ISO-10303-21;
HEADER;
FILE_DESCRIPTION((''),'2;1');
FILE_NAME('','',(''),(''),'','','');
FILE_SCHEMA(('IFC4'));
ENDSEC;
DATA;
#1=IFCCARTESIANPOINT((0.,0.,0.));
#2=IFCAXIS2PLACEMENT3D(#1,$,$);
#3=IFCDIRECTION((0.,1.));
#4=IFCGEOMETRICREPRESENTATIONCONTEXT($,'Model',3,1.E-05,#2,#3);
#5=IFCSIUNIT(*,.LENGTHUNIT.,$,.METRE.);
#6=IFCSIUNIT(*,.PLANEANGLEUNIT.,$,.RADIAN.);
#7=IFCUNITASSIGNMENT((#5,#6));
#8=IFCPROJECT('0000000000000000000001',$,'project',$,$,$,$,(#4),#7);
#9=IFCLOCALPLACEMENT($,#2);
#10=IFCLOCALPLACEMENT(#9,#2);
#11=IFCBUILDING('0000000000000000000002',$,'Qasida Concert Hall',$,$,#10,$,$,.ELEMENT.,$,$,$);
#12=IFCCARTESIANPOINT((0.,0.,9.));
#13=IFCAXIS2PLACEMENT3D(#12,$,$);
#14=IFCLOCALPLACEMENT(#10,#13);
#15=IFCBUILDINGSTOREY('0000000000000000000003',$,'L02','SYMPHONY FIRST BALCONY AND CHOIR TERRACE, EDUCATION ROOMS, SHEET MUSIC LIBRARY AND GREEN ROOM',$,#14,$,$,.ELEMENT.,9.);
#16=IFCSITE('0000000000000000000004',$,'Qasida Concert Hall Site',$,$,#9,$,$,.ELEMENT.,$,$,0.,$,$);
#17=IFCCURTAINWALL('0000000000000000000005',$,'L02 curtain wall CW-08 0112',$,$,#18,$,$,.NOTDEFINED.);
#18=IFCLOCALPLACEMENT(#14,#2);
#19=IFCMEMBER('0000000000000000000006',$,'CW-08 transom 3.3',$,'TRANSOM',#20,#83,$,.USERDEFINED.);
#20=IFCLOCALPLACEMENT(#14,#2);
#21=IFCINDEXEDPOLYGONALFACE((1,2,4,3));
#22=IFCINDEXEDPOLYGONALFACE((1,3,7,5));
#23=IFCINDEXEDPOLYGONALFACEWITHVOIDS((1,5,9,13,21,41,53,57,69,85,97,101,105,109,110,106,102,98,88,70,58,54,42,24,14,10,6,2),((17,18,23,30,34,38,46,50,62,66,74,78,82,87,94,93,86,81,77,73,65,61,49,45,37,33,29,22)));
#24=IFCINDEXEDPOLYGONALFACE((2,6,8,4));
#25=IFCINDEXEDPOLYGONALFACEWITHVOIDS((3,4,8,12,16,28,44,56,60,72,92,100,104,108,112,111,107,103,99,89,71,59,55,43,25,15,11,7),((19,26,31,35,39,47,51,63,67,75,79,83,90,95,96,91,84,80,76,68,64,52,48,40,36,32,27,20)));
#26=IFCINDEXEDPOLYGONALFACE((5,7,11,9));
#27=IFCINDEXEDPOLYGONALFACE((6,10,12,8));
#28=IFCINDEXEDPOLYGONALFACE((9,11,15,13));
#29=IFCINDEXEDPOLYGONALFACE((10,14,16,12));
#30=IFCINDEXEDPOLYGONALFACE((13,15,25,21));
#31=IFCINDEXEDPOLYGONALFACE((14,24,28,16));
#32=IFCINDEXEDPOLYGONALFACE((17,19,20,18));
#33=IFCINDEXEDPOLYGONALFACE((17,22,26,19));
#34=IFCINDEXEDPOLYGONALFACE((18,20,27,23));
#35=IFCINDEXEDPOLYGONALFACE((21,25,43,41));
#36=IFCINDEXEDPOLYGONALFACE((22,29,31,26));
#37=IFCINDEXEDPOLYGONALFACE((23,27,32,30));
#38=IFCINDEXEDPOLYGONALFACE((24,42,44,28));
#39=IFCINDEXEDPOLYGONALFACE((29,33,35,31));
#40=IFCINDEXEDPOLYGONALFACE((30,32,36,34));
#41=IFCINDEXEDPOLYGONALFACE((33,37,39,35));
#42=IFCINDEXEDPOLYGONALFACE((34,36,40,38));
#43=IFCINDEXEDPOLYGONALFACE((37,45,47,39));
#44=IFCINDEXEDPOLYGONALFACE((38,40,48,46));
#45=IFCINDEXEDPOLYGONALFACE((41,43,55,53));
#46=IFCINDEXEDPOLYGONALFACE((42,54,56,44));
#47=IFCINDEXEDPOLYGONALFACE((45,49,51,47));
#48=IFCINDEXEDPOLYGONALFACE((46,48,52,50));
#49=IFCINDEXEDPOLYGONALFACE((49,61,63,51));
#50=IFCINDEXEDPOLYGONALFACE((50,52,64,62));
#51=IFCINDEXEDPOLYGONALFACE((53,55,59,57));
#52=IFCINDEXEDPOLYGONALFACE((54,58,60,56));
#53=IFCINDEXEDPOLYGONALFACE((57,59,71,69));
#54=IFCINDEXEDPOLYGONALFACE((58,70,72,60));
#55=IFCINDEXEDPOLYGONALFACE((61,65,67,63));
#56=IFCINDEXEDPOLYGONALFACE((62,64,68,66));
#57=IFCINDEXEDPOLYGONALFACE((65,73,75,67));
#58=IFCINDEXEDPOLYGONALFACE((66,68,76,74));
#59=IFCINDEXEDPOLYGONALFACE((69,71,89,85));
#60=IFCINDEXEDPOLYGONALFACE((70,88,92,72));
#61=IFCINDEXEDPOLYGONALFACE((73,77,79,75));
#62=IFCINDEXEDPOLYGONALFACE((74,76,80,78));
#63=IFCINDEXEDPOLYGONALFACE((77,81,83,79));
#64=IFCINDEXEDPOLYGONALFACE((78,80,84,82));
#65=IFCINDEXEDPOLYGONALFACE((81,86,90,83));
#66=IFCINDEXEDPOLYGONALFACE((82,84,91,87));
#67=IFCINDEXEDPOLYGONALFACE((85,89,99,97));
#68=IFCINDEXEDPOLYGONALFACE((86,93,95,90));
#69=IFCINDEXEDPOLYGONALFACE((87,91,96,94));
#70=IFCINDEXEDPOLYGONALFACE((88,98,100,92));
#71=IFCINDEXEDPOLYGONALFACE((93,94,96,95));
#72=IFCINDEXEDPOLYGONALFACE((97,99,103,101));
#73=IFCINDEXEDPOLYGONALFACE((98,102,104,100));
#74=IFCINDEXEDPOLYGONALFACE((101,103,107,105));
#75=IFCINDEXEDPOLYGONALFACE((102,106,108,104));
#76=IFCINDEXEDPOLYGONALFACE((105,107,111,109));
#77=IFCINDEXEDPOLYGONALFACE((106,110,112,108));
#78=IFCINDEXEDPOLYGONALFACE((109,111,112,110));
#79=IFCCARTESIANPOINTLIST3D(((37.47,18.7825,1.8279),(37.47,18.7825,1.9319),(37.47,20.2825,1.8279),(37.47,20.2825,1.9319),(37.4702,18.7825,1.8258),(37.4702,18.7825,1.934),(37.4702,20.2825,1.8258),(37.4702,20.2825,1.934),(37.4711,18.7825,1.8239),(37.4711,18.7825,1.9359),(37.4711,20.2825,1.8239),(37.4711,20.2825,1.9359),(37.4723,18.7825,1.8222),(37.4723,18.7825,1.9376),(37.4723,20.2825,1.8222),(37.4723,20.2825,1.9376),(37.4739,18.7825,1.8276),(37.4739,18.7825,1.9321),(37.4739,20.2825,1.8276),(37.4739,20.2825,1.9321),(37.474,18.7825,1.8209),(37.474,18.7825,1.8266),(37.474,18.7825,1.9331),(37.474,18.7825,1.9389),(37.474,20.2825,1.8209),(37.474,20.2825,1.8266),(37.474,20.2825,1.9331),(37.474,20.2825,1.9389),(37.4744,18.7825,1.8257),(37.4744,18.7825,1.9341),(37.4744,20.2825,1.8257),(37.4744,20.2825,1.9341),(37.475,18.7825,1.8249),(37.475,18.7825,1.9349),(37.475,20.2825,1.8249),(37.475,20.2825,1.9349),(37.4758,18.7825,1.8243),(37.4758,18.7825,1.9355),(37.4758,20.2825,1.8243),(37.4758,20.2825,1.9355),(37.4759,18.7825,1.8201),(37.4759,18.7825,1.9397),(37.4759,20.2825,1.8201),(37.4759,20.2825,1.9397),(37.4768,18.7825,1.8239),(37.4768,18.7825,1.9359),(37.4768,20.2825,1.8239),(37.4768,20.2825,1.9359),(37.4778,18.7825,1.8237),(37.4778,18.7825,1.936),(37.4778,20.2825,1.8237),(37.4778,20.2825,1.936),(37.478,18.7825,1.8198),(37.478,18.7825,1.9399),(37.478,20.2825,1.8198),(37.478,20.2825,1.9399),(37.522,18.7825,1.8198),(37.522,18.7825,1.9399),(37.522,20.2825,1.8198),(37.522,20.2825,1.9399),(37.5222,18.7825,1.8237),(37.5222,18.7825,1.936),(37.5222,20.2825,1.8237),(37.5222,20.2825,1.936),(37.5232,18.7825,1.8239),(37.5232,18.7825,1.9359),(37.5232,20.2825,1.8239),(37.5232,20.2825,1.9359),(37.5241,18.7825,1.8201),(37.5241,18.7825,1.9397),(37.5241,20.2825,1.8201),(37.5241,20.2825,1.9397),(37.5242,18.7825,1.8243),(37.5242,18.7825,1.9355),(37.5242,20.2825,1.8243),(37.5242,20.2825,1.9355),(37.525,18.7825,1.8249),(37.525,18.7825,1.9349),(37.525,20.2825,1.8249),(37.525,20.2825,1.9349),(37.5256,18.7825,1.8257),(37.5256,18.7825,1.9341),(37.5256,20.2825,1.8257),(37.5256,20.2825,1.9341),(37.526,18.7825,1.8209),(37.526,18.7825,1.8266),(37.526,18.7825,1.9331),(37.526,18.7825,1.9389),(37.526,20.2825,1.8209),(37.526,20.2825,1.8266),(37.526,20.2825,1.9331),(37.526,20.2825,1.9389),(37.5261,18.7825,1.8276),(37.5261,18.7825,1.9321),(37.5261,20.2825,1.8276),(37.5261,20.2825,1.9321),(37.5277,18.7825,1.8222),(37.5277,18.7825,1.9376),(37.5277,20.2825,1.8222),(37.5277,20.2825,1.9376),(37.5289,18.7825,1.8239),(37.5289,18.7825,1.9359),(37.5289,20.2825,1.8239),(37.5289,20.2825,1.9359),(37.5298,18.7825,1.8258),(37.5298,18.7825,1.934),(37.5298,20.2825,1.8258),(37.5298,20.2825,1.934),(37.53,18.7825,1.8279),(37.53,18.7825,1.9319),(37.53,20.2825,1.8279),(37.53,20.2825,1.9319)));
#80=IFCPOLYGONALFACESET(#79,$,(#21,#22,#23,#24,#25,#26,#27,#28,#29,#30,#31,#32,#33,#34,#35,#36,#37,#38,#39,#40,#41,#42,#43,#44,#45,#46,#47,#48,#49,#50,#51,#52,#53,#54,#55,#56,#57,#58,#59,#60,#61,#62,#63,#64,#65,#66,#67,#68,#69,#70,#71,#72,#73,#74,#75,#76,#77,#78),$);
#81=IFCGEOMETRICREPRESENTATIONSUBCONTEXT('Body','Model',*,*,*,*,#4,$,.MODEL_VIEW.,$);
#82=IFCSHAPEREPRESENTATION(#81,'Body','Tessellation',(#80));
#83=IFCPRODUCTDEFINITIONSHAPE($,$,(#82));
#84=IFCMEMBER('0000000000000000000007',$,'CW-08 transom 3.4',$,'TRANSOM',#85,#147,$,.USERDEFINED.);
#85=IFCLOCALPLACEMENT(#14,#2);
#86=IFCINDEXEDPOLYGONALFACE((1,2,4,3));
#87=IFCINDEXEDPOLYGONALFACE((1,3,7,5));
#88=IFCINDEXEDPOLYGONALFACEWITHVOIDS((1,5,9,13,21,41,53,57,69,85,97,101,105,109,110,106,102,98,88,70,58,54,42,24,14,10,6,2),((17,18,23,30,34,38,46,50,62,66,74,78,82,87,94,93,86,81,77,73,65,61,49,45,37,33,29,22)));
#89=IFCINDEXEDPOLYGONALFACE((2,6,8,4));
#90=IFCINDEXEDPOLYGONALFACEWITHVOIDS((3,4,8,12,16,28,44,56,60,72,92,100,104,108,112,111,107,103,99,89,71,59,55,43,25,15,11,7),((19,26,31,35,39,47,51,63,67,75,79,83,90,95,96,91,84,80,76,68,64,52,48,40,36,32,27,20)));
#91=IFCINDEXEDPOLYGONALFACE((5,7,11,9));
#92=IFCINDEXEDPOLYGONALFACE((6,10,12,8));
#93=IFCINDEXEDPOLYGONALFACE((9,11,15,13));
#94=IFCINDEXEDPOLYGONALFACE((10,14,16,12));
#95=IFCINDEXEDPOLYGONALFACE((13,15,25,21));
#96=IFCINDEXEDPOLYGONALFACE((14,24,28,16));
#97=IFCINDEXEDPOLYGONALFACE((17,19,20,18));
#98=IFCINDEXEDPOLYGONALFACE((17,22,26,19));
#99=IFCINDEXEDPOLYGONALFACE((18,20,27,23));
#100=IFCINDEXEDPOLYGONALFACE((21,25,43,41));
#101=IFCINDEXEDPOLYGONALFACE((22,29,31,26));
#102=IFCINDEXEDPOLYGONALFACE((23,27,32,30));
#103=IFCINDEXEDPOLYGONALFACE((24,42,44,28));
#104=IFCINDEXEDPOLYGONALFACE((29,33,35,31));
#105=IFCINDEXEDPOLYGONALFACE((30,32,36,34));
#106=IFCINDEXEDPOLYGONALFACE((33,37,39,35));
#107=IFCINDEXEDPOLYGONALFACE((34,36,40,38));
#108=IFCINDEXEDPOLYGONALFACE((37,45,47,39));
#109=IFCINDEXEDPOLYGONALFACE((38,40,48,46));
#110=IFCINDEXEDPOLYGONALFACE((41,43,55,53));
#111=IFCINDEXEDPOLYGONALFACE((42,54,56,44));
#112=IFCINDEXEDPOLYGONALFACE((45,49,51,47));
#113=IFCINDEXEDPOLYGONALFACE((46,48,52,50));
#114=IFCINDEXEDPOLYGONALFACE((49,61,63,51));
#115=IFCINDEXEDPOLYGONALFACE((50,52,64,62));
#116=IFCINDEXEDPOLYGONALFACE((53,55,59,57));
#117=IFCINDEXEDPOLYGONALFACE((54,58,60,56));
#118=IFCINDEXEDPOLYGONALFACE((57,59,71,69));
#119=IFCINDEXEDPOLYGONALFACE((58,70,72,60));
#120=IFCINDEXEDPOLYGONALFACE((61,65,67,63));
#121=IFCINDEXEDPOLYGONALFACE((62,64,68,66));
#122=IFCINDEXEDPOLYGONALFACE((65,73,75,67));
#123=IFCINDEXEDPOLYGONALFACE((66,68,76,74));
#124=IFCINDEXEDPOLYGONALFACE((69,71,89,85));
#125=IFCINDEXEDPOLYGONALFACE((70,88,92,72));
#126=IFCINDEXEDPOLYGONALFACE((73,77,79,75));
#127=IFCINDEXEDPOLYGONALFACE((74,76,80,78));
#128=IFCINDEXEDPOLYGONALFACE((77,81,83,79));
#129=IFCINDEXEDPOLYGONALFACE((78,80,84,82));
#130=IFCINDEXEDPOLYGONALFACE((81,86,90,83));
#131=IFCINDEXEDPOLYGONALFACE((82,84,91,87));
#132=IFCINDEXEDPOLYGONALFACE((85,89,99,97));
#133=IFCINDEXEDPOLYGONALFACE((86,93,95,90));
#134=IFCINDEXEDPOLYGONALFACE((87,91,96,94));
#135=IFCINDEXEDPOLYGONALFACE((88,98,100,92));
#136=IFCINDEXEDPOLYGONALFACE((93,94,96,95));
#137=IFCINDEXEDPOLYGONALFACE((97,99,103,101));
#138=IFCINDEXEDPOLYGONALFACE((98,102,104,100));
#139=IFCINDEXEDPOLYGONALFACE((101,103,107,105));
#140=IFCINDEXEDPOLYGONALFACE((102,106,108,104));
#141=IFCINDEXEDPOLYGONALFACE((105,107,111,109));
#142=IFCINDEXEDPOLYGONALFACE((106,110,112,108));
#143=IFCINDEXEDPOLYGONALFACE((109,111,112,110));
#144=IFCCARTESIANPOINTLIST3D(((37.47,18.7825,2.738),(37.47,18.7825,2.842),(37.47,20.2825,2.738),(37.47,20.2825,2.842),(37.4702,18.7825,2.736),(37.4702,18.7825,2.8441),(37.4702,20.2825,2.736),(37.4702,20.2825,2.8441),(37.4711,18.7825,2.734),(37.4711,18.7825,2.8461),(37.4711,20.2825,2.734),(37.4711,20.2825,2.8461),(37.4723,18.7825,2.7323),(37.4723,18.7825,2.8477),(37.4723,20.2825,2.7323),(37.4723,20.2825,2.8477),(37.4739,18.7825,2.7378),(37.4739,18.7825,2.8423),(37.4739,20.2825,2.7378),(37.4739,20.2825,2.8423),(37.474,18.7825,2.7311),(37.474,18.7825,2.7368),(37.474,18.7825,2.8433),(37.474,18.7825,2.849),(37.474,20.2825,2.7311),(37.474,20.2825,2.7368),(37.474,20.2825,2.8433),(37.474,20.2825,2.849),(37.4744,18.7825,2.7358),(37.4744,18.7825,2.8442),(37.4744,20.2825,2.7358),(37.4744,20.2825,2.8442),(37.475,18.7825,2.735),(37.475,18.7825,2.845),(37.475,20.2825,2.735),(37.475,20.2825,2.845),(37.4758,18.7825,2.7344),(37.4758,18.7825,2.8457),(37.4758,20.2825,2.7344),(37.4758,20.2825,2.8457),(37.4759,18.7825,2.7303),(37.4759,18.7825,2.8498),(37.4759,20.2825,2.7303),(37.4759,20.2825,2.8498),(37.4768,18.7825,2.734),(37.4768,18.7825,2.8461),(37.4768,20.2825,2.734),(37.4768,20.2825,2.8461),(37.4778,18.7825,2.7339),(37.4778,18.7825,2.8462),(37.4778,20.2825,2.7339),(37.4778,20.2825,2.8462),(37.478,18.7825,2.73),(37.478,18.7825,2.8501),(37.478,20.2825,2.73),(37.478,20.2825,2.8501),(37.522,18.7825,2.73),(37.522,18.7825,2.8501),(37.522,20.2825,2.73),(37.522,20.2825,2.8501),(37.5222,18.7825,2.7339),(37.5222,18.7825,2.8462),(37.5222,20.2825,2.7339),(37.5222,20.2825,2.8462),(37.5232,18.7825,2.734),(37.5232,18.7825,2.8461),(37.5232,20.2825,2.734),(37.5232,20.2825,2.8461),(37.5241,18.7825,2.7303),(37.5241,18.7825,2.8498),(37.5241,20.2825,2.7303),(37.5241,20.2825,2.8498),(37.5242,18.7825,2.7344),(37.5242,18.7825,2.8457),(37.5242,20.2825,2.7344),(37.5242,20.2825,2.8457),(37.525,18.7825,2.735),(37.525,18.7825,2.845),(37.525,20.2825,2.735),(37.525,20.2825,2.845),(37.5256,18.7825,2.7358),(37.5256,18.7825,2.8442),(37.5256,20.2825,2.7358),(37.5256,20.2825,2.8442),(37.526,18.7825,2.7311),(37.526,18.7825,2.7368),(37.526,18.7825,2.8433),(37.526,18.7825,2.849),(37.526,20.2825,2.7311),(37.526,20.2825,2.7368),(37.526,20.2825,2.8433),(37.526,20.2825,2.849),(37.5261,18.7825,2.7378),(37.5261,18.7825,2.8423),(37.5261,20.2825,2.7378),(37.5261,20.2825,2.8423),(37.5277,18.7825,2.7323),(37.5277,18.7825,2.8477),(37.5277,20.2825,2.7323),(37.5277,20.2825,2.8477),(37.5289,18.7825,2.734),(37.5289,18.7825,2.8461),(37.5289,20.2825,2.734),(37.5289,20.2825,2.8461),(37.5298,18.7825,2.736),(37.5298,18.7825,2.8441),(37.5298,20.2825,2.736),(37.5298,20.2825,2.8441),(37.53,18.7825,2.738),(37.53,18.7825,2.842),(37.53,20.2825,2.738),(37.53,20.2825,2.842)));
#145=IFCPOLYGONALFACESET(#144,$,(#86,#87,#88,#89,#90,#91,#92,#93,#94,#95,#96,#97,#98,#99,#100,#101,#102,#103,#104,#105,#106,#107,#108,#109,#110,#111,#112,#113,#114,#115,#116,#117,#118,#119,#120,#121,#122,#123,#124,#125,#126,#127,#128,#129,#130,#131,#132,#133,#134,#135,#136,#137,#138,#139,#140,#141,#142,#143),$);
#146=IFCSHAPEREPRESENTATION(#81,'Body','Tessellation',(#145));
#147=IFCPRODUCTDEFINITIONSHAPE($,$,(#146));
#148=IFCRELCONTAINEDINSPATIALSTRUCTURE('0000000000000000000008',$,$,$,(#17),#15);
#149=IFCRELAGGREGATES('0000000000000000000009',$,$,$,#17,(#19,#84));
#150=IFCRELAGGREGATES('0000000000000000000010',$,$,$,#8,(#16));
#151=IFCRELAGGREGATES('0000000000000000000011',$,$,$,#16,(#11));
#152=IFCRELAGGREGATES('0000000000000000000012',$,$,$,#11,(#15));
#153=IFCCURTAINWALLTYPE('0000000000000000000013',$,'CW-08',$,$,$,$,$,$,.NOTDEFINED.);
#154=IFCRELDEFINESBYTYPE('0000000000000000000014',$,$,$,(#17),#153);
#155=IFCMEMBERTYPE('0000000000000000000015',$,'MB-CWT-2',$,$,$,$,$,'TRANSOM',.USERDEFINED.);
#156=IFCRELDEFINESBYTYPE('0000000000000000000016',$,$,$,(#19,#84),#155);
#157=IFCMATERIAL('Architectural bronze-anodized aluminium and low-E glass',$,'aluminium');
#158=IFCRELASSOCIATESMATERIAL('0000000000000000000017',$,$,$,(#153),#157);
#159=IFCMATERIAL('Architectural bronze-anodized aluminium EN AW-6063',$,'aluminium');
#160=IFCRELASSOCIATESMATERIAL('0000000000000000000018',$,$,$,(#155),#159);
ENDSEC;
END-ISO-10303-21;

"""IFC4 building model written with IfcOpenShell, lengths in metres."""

from ifc_helpers import new_model, si_unit, direction, frame, origin, origin_2d, place, context, subcontext, project, spatial, hollow_rectangle, extrude, material, material_profile, profile_set, type_object, element, aggregate, save


model = new_model("IFC4")

# Units and contexts
model_context = context("Model", 3, precision=1e-05, world=origin(), true_north=direction((0.0, 1.0)))
body_context = subcontext(model_context, "Body", "Model", "MODEL_VIEW")
ifc_project = project(units=[si_unit("LENGTHUNIT", "METRE"), si_unit("PLANEANGLEUNIT", "RADIAN")], contexts=[model_context])

# Site, building, storey
site_placement = place(None, origin())
site = spatial("IfcSite", under=ifc_project, at=site_placement, Name="Qasida Concert Hall Site", CompositionType="ELEMENT", RefElevation=0.0)
building_placement = place(site_placement, origin())
building = spatial("IfcBuilding", under=site, at=building_placement, Name="Qasida Concert Hall", CompositionType="ELEMENT")
storey_placement = place(building_placement, frame((0.0, 0.0, 9.0)))
storey = spatial("IfcBuildingStorey", under=building, at=storey_placement, Name="L02", Description="SYMPHONY FIRST BALCONY AND CHOIR TERRACE, EDUCATION ROOMS, SHEET MUSIC LIBRARY AND GREEN ROOM", CompositionType="ELEMENT", Elevation=9.0)

# Curtain wall, members
ifc_material_1 = material(Name="Architectural bronze-anodized aluminium and low-E glass", Category="aluminium")
curtain_wall_type = type_object("IfcCurtainWallType", Name="CW-08", PredefinedType="NOTDEFINED", material=ifc_material_1)
curtain_wall_placement = place(storey_placement, origin())
curtain_wall = element("IfcCurtainWall", 1, at=curtain_wall_placement, inside=storey, type_object=curtain_wall_type, Name="L02 curtain wall CW-08 0112", PredefinedType="NOTDEFINED")
ifc_material_2 = material(Name="Architectural bronze-anodized aluminium EN AW-6063", Category="aluminium")
ifc_material_profile_1 = material_profile(ifc_material_2, hollow_rectangle(XDim=0.0601, YDim=0.1201, WallThickness=0.0039, InnerFilletRadius=0.0039, OuterFilletRadius=0.0081, at=origin_2d()), Name="CWT 120x60x4")
ifc_profile_set_1 = profile_set([ifc_material_profile_1], Name="Architectural bronze-anodized aluminium EN AW-6063")
member_type_1 = type_object("IfcMemberType", Name="MB-CWT-2", ElementType="TRANSOM", PredefinedType="USERDEFINED", material=ifc_profile_set_1)
member_1_placement = place(storey_placement, frame((37.5, 18.7825, 1.8799), z_axis=(0.0, 1.0, 0.0), x_axis=(-1.0, 0.0, 0.0)))
member_1 = element("IfcMember", 2, at=member_1_placement, type_object=member_type_1, Name="CW-08 transom 3.3", ObjectType="TRANSOM", PredefinedType="USERDEFINED", context=body_context, shape_type="SweptSolid", body=[
    extrude(hollow_rectangle(XDim=0.0601, YDim=0.1201, WallThickness=0.0039, InnerFilletRadius=0.0039, OuterFilletRadius=0.0081, at=origin_2d()), origin(), (0.0, 0.0, 1.0), 1.5),
])
member_2_placement = place(storey_placement, frame((37.5, 18.7825, 2.79), z_axis=(0.0, 1.0, 0.0), x_axis=(-1.0, 0.0, 0.0)))
member_2 = element("IfcMember", 3, at=member_2_placement, type_object=member_type_1, Name="CW-08 transom 3.4", ObjectType="TRANSOM", PredefinedType="USERDEFINED", context=body_context, shape_type="SweptSolid", body=[
    extrude(hollow_rectangle(XDim=0.0601, YDim=0.1201, WallThickness=0.0039, InnerFilletRadius=0.0039, OuterFilletRadius=0.0081, at=origin_2d()), origin(), (0.0, 0.0, 1.0), 1.5),
])
aggregate(curtain_wall, [member_1, member_2])

save(model, "model.ifc")
